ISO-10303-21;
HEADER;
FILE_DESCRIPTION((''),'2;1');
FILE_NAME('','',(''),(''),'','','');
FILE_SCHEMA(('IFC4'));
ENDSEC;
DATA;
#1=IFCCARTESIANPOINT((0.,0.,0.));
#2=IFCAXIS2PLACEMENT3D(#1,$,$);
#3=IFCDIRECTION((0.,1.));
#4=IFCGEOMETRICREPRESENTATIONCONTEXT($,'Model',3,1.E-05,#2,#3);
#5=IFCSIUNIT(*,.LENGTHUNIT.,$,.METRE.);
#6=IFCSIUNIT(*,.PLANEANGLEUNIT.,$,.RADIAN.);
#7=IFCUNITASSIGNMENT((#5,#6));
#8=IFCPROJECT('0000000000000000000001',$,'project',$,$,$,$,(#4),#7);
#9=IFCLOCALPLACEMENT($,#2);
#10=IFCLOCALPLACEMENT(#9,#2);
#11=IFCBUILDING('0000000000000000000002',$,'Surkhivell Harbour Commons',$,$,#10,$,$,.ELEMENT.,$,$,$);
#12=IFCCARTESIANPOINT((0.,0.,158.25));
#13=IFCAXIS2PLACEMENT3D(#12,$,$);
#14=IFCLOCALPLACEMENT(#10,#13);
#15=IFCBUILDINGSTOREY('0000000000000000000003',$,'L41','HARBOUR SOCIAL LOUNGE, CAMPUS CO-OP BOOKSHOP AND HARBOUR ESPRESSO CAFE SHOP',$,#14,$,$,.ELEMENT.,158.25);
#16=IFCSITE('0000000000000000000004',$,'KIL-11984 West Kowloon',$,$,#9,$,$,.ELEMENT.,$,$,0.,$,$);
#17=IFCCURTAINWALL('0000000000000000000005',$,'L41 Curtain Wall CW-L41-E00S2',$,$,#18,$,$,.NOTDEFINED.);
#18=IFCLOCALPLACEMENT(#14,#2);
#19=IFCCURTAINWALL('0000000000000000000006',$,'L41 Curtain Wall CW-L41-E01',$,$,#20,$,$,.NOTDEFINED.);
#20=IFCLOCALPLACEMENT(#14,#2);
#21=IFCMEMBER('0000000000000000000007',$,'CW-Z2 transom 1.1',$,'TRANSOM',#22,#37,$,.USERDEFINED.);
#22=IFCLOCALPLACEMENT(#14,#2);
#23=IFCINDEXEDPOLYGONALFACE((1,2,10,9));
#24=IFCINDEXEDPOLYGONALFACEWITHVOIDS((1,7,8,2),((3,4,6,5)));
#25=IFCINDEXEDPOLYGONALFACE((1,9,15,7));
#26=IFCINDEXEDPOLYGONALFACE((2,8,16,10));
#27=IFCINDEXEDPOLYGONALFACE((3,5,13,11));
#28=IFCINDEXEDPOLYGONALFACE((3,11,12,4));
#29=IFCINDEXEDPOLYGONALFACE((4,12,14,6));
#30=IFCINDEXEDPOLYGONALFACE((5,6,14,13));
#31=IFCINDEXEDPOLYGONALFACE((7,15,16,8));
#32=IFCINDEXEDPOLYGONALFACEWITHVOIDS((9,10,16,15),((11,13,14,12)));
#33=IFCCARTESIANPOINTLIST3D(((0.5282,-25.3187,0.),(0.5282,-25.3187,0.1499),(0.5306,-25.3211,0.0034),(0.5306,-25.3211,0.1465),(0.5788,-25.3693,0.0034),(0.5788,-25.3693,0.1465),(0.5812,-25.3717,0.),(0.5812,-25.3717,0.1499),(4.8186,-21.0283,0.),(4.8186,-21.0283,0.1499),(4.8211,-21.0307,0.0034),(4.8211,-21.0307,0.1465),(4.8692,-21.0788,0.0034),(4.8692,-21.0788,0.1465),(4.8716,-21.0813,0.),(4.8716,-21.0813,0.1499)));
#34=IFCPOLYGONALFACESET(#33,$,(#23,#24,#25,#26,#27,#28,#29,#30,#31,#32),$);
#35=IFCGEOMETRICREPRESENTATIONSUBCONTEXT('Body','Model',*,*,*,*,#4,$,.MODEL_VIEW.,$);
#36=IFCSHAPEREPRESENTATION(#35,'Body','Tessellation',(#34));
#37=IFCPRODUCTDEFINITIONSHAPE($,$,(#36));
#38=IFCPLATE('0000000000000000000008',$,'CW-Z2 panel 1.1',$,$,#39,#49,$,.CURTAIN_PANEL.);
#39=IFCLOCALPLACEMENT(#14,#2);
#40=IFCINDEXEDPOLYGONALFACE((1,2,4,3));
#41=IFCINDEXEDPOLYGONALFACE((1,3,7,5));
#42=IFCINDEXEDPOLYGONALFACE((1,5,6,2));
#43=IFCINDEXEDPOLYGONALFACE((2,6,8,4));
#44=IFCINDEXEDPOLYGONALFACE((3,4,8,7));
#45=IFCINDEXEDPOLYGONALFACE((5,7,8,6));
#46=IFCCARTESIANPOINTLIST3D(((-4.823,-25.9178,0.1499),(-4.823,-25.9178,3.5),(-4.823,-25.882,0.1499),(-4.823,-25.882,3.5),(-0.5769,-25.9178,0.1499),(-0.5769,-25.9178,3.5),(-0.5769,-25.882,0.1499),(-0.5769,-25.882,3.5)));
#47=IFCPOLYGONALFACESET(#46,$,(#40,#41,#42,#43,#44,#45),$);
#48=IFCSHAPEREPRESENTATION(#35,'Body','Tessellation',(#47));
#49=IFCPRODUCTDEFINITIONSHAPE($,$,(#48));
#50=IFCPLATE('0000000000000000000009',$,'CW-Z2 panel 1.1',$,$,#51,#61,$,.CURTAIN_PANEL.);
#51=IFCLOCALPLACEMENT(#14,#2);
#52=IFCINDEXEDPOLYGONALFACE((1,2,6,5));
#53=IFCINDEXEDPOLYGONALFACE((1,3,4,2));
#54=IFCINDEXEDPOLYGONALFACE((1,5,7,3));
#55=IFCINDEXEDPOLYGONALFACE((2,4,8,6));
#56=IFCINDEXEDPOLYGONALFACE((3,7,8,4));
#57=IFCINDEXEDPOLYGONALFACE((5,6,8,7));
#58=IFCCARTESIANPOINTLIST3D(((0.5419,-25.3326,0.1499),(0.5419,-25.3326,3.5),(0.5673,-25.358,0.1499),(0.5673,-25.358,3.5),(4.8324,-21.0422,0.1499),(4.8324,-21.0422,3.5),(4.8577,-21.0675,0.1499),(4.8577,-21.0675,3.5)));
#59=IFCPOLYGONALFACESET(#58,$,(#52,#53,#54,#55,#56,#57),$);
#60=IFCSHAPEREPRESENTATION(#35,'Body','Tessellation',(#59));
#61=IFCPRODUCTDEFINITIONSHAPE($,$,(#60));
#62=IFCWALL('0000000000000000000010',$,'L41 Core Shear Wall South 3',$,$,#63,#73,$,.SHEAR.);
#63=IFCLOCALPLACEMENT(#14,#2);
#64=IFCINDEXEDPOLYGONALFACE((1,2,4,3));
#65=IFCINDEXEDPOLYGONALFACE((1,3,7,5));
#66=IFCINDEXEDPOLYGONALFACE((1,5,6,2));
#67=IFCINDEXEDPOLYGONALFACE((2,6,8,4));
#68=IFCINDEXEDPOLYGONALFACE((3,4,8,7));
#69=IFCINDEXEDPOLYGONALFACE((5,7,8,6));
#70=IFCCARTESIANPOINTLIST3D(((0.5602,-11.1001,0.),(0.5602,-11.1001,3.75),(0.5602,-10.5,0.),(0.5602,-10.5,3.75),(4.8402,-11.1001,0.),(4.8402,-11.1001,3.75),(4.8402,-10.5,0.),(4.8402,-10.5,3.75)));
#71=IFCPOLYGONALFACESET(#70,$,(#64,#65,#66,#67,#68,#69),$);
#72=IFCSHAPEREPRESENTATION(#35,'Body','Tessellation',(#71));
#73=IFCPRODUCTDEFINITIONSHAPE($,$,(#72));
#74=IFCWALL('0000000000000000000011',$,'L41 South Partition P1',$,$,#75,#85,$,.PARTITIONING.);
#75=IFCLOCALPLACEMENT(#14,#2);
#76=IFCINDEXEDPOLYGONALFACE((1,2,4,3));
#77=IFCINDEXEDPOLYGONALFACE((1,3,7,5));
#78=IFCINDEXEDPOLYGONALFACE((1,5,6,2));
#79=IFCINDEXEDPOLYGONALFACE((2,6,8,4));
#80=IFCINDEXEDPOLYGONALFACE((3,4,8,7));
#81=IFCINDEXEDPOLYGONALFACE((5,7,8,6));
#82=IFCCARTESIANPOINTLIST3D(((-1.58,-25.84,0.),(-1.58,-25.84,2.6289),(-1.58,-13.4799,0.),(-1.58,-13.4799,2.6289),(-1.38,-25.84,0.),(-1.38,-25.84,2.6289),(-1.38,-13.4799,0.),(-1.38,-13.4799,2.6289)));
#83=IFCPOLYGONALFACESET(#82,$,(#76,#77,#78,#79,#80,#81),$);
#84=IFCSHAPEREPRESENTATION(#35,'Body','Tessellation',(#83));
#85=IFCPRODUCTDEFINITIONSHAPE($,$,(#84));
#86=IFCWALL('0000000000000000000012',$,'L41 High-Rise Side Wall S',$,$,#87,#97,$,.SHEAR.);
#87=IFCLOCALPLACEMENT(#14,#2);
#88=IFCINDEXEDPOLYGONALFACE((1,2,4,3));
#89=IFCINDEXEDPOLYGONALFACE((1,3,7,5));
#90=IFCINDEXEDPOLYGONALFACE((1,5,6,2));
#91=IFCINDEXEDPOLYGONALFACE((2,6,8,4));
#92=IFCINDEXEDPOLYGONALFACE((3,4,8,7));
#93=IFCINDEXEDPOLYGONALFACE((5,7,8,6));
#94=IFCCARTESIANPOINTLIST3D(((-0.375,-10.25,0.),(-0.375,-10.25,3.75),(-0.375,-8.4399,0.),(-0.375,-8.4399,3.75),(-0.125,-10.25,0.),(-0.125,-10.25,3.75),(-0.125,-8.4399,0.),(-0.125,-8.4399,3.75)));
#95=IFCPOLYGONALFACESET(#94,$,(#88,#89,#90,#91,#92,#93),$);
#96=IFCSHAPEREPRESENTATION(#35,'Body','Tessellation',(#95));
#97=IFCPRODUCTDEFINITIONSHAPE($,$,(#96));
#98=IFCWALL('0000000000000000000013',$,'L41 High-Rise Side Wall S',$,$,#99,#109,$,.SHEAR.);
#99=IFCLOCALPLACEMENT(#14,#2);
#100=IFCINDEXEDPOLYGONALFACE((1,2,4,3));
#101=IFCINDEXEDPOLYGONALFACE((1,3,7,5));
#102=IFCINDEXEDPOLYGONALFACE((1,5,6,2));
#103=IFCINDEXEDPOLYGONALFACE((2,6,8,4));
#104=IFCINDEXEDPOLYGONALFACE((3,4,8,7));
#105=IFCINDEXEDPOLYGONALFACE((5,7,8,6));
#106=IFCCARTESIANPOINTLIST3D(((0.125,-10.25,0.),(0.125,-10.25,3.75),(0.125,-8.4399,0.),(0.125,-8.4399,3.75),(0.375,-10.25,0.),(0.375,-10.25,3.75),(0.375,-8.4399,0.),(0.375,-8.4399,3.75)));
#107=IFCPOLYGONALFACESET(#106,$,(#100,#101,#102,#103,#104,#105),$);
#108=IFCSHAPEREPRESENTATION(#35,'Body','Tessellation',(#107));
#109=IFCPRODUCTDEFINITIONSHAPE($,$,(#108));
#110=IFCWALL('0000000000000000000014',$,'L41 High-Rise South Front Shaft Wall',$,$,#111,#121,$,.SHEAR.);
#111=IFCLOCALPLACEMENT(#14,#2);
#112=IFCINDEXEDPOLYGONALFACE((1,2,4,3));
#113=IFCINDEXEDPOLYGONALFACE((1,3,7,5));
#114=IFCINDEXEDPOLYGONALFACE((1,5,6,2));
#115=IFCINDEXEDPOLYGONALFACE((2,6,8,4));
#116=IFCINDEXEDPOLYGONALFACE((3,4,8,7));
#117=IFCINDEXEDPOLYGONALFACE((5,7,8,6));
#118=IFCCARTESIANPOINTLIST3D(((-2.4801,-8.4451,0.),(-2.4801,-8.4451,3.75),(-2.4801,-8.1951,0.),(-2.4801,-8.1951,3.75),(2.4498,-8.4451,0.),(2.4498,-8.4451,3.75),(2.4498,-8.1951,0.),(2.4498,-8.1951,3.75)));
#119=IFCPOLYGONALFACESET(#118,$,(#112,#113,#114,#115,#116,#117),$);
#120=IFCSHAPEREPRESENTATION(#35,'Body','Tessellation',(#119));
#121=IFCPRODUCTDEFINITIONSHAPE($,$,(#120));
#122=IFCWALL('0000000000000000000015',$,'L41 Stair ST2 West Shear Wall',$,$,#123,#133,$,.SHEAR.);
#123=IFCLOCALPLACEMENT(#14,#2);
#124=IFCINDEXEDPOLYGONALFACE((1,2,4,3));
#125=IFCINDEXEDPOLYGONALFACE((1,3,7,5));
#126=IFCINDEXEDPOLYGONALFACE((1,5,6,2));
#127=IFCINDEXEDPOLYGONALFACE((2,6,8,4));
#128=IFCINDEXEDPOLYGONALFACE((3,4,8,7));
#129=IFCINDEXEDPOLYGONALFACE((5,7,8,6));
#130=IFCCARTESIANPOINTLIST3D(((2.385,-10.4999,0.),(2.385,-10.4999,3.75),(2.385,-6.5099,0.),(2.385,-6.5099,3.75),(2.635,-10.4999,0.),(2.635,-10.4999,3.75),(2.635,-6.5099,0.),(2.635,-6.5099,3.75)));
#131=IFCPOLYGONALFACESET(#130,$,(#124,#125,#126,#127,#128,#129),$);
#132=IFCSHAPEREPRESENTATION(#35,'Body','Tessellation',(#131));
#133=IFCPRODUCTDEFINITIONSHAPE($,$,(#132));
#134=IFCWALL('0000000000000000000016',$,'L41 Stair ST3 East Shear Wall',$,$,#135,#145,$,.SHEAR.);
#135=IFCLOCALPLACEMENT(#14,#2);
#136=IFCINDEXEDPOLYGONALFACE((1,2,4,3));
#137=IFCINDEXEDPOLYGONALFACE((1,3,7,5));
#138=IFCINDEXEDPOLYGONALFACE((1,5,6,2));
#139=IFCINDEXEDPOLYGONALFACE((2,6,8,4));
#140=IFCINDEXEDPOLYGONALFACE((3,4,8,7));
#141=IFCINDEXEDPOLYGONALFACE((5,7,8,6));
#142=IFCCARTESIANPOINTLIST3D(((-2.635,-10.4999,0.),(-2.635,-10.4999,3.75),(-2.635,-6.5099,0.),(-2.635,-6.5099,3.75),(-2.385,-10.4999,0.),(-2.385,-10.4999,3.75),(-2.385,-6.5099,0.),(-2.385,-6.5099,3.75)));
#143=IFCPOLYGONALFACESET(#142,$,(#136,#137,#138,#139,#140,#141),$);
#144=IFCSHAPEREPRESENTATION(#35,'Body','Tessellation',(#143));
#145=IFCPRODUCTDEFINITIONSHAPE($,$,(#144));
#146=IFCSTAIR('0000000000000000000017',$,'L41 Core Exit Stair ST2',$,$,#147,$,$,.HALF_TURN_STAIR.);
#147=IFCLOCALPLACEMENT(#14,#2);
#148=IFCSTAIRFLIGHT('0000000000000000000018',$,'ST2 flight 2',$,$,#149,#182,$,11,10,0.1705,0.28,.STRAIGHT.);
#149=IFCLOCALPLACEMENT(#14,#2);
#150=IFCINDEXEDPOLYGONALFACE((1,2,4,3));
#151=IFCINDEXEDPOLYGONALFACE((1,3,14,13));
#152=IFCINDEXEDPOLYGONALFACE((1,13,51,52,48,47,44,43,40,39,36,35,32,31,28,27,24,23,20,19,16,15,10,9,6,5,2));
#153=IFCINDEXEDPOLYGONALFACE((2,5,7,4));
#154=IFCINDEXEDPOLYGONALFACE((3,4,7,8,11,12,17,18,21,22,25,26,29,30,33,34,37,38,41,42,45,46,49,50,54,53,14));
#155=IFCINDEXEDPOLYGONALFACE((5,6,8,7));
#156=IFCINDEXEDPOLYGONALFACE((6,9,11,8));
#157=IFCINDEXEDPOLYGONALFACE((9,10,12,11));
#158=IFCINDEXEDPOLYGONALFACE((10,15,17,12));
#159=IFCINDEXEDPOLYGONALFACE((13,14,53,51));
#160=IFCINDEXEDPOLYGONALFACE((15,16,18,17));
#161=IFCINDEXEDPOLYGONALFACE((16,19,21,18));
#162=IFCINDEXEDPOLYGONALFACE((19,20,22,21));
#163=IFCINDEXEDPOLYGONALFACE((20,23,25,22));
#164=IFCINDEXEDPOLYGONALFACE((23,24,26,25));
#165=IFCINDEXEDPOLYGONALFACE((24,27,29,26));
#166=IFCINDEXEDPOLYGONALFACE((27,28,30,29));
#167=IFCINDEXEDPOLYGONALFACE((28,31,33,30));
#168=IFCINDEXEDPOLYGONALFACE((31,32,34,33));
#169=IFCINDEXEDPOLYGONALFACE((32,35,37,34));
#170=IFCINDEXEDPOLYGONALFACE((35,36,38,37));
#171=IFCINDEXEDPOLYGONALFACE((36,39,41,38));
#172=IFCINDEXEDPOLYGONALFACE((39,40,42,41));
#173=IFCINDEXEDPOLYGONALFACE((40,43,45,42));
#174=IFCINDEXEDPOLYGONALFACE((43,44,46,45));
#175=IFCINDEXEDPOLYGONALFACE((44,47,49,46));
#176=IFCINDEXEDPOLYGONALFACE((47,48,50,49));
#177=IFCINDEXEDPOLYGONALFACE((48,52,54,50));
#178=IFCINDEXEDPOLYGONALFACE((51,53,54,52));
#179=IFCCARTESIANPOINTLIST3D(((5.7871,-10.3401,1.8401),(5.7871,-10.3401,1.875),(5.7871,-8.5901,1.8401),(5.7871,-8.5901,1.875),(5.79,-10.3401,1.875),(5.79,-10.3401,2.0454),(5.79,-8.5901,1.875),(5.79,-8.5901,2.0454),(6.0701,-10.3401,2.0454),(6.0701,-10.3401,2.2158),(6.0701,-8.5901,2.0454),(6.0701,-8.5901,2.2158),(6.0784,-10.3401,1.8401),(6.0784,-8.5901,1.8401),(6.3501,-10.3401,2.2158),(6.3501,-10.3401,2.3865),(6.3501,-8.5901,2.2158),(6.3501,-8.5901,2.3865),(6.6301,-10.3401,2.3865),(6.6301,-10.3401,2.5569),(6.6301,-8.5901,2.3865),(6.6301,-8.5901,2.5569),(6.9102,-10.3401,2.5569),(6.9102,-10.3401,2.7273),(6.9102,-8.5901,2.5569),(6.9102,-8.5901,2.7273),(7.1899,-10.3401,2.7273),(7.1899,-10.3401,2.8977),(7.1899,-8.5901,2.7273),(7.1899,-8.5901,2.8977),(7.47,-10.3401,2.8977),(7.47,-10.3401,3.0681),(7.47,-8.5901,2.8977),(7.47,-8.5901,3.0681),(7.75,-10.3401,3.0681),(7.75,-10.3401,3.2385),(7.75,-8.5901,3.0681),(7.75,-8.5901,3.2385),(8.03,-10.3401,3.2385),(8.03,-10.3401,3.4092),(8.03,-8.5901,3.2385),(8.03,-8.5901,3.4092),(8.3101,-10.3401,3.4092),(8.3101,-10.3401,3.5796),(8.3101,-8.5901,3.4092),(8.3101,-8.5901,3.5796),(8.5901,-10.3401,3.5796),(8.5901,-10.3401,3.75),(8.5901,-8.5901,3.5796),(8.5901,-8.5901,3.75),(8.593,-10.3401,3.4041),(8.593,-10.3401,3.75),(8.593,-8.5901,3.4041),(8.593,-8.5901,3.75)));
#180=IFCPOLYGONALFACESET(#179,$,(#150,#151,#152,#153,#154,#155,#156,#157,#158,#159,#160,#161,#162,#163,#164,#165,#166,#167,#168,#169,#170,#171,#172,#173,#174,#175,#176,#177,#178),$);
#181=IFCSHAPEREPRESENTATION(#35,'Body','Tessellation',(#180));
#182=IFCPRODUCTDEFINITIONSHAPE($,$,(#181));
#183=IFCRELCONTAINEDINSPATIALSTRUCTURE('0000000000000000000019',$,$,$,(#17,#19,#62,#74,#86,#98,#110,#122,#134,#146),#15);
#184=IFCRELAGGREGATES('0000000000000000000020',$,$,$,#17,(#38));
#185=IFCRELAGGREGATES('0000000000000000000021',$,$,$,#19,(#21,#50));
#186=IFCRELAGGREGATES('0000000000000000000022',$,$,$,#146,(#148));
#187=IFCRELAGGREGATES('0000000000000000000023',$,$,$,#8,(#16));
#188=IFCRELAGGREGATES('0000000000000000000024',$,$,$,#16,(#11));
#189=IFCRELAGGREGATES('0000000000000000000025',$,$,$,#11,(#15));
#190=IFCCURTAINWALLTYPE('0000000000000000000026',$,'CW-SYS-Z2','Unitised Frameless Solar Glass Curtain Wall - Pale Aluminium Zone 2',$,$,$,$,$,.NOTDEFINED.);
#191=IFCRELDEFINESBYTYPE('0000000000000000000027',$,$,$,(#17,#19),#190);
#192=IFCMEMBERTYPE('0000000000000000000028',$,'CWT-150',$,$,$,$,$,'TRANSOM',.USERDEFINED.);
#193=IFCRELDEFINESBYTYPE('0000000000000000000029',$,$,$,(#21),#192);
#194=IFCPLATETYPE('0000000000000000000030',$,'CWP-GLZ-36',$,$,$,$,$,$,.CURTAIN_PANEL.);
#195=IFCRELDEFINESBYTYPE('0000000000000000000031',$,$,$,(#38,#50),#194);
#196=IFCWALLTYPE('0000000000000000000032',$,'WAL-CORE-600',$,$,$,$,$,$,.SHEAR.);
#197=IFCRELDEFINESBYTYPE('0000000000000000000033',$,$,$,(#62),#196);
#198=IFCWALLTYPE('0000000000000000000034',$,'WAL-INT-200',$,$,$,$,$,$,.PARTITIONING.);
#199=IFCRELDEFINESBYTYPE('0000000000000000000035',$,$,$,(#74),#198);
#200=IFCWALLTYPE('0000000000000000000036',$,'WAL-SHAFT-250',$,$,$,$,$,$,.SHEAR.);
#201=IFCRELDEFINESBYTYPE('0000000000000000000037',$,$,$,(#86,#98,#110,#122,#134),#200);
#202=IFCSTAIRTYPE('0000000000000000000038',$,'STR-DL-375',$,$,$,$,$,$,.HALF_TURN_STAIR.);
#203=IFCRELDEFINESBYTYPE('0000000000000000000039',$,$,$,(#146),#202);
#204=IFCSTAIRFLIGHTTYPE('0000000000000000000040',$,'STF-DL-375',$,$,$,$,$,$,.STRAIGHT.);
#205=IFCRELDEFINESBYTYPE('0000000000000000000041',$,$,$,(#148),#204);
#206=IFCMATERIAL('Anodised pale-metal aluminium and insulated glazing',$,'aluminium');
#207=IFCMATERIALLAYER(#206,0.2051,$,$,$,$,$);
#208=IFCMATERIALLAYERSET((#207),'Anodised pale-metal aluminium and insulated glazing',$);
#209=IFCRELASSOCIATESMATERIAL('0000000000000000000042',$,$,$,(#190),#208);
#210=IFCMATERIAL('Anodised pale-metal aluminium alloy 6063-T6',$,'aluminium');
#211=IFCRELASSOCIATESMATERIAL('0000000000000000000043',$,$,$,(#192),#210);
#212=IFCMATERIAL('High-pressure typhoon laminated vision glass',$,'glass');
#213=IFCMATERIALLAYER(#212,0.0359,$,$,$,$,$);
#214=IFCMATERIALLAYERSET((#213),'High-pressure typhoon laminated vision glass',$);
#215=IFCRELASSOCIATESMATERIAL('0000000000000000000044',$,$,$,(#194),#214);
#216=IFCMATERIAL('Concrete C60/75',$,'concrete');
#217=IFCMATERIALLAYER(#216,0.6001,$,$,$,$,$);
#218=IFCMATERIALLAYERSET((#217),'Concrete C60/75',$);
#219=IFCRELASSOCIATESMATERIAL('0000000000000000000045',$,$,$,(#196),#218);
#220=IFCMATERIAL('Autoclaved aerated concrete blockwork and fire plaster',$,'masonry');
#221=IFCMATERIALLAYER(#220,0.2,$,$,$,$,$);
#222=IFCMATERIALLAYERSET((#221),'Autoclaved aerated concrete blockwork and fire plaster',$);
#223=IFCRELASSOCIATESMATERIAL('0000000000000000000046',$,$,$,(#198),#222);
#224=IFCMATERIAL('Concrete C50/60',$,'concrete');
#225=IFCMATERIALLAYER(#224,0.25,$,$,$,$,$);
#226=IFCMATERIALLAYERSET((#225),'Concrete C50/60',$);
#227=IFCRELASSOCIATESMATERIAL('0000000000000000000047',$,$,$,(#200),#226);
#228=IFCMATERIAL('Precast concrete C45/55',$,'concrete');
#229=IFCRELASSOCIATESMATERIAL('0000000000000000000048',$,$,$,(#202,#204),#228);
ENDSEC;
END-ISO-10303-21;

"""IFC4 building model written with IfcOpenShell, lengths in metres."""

from ifc_helpers import new_model, si_unit, direction, frame, frame_2d, origin, origin_2d, place, context, subcontext, project, spatial, polyline, rectangle, hollow_rectangle, outline, extrude, material, layer, layer_set, material_profile, profile_set, type_object, element, aggregate, save


model = new_model("IFC4")

# Units and contexts
model_context = context("Model", 3, precision=1e-05, world=origin(), true_north=direction((0.0, 1.0)))
body_context = subcontext(model_context, "Body", "Model", "MODEL_VIEW")
ifc_project = project(units=[si_unit("LENGTHUNIT", "METRE"), si_unit("PLANEANGLEUNIT", "RADIAN")], contexts=[model_context])

# Site, building, storey
site_placement = place(None, origin())
site = spatial("IfcSite", under=ifc_project, at=site_placement, Name="KIL-11984 West Kowloon", CompositionType="ELEMENT", RefElevation=0.0)
building_placement = place(site_placement, origin())
building = spatial("IfcBuilding", under=site, at=building_placement, Name="Surkhivell Harbour Commons", CompositionType="ELEMENT")
storey_placement = place(building_placement, frame((0.0, 0.0, 158.25)))
storey = spatial("IfcBuildingStorey", under=building, at=storey_placement, Name="L41", Description="HARBOUR SOCIAL LOUNGE, CAMPUS CO-OP BOOKSHOP AND HARBOUR ESPRESSO CAFE SHOP", CompositionType="ELEMENT", Elevation=158.25)

# Shared definitions
ifc_material_1 = material(Name="Concrete C60/75", Category="concrete")

# Curtain walls
ifc_material_2 = material(Name="Anodised pale-metal aluminium and insulated glazing", Category="aluminium")
ifc_layer_1 = layer(ifc_material_2, 0.2051)
ifc_layer_set_1 = layer_set([ifc_layer_1], Name="Anodised pale-metal aluminium and insulated glazing")
curtain_wall_type = type_object("IfcCurtainWallType", Name="CW-SYS-Z2", Description="Unitised Frameless Solar Glass Curtain Wall - Pale Aluminium Zone 2", PredefinedType="NOTDEFINED", material=ifc_layer_set_1)
curtain_wall_1_placement = place(storey_placement, origin())
curtain_wall_1 = element("IfcCurtainWall", 1, at=curtain_wall_1_placement, inside=storey, type_object=curtain_wall_type, Name="L41 Curtain Wall CW-L41-E00S2", PredefinedType="NOTDEFINED")
ifc_material_3 = material(Name="Anodised pale-metal aluminium alloy 6063-T6", Category="aluminium")
curtain_wall_2_placement = place(storey_placement, origin())
curtain_wall_2 = element("IfcCurtainWall", 2, at=curtain_wall_2_placement, inside=storey, type_object=curtain_wall_type, Name="L41 Curtain Wall CW-L41-E01", PredefinedType="NOTDEFINED")

# Member
ifc_material_profile_1 = material_profile(ifc_material_3, hollow_rectangle(XDim=0.075, YDim=0.1499, WallThickness=0.0034, at=origin_2d()), Name="ALU-TRAN-75x150")
ifc_profile_set_1 = profile_set([ifc_material_profile_1], Name="Anodised pale-metal aluminium alloy 6063-T6")
member_type_1 = type_object("IfcMemberType", Name="CWT-150", ElementType="TRANSOM", PredefinedType="USERDEFINED", material=ifc_profile_set_1)
member_1_placement = place(storey_placement, frame((0.5547, -25.3452, 0.075), z_axis=(0.707107, 0.707107, 0.0), x_axis=(-0.707107, 0.707107, 0.0)))
member_1 = element("IfcMember", 3, at=member_1_placement, type_object=member_type_1, Name="CW-Z2 transom 1.1", ObjectType="TRANSOM", PredefinedType="USERDEFINED", context=body_context, shape_type="SweptSolid", body=[
    extrude(hollow_rectangle(XDim=0.075, YDim=0.1499, WallThickness=0.0034, at=origin_2d()), origin(), (0.0, 0.0, 1.0), 6.0676),
])

# Plates
ifc_material_4 = material(Name="High-pressure typhoon laminated vision glass", Category="glass")
ifc_layer_2 = layer(ifc_material_4, 0.0359)
ifc_layer_set_2 = layer_set([ifc_layer_2], Name="High-pressure typhoon laminated vision glass")
plate_type = type_object("IfcPlateType", Name="CWP-GLZ-36", PredefinedType="CURTAIN_PANEL", material=ifc_layer_set_2)
plate_1_placement = place(storey_placement, frame((-4.823, -25.8999, 0.1499), z_axis=(0.0, 0.0, 1.0), x_axis=(1.0, 0.0, 0.0)))
plate_1 = element("IfcPlate", 4, at=plate_1_placement, type_object=plate_type, Name="CW-Z2 panel 1.1", PredefinedType="CURTAIN_PANEL", context=body_context, shape_type="SweptSolid", body=[
    extrude(rectangle(XDim=4.2461, YDim=0.0359, at=frame_2d((2.123, 0.0))), origin(), (0.0, 0.0, 1.0), 3.3501),
])
aggregate(curtain_wall_1, [plate_1])
plate_2_placement = place(storey_placement, frame((0.5547, -25.3452, 0.1499), z_axis=(0.0, 0.0, 1.0), x_axis=(0.707107, 0.707107, 0.0)))
plate_2 = element("IfcPlate", 5, at=plate_2_placement, type_object=plate_type, Name="CW-Z2 panel 1.1", PredefinedType="CURTAIN_PANEL", context=body_context, shape_type="SweptSolid", body=[
    extrude(rectangle(XDim=6.0676, YDim=0.0359, at=frame_2d((3.0337, 0.0))), origin(), (0.0, 0.0, 1.0), 3.3501),
])
aggregate(curtain_wall_2, [member_1, plate_2])

# Walls
ifc_layer_3 = layer(ifc_material_1, 0.6001)
ifc_layer_set_3 = layer_set([ifc_layer_3], Name="Concrete C60/75")
wall_type_1 = type_object("IfcWallType", Name="WAL-CORE-600", PredefinedType="SHEAR", material=ifc_layer_set_3)
wall_1_placement = place(storey_placement, frame((0.5601, -10.8, 0.0), z_axis=(0.0, 0.0, 1.0), x_axis=(1.0, 0.0, 0.0)))
element("IfcWall", 6, at=wall_1_placement, inside=storey, type_object=wall_type_1, Name="L41 Core Shear Wall South 3", PredefinedType="SHEAR", context=body_context, shape_type="SweptSolid", body=[
    extrude(rectangle(XDim=4.28, YDim=0.6001, at=frame_2d((2.1401, 0.0))), origin(), (0.0, 0.0, 1.0), 3.75),
])
ifc_material_5 = material(Name="Autoclaved aerated concrete blockwork and fire plaster", Category="masonry")
ifc_layer_4 = layer(ifc_material_5, 0.2)
ifc_layer_set_4 = layer_set([ifc_layer_4], Name="Autoclaved aerated concrete blockwork and fire plaster")
wall_type_2 = type_object("IfcWallType", Name="WAL-INT-200", PredefinedType="PARTITIONING", material=ifc_layer_set_4)
wall_2_placement = place(storey_placement, frame((-1.48, -25.8401, 0.0), z_axis=(0.0, 0.0, 1.0), x_axis=(0.0, 1.0, 0.0)))
element("IfcWall", 7, at=wall_2_placement, inside=storey, type_object=wall_type_2, Name="L41 South Partition P1", PredefinedType="PARTITIONING", context=body_context, shape_type="SweptSolid", body=[
    extrude(rectangle(XDim=12.3601, YDim=0.2, at=frame_2d((6.1802, 0.0))), origin(), (0.0, 0.0, 1.0), 2.6289),
])
ifc_material_6 = material(Name="Concrete C50/60", Category="concrete")
ifc_layer_5 = layer(ifc_material_6, 0.25)
ifc_layer_set_5 = layer_set([ifc_layer_5], Name="Concrete C50/60")
wall_type_3 = type_object("IfcWallType", Name="WAL-SHAFT-250", PredefinedType="SHEAR", material=ifc_layer_set_5)
for number, where, z_axis, x_axis, name in (
    (8, (-0.25, -10.25, 0.0), (0.0, 0.0, 1.0), (0.0, 1.0, 0.0), "L41 High-Rise Side Wall S"),
    (9, (0.25, -10.25, 0.0), (0.0, 0.0, 1.0), (0.0, 1.0, 0.0), "L41 High-Rise Side Wall S"),
):
    element("IfcWall", number, at=place(storey_placement, frame(where, z_axis=z_axis, x_axis=x_axis)), inside=storey, type_object=wall_type_3, Name=name, PredefinedType="SHEAR", context=body_context, shape_type="SweptSolid", body=[
        extrude(rectangle(XDim=1.8101, YDim=0.25, at=frame_2d((0.905, 0.0))), origin(), (0.0, 0.0, 1.0), 3.75),
    ])
wall_3_placement = place(storey_placement, frame((-2.48, -8.3201, 0.0), z_axis=(0.0, 0.0, 1.0), x_axis=(1.0, 0.0, 0.0)))
element("IfcWall", 10, at=wall_3_placement, inside=storey, type_object=wall_type_3, Name="L41 High-Rise South Front Shaft Wall", PredefinedType="SHEAR", context=body_context, shape_type="SweptSolid", body=[
    extrude(rectangle(XDim=4.9299, YDim=0.25, at=frame_2d((2.4648, 0.0))), origin(), (0.0, 0.0, 1.0), 3.75),
])
for number, where, z_axis, x_axis, name in (
    (11, (2.51, -10.5, 0.0), (0.0, 0.0, 1.0), (0.0, 1.0, 0.0), "L41 Stair ST2 West Shear Wall"),
    (12, (-2.51, -10.5, 0.0), (0.0, 0.0, 1.0), (0.0, 1.0, 0.0), "L41 Stair ST3 East Shear Wall"),
):
    element("IfcWall", number, at=place(storey_placement, frame(where, z_axis=z_axis, x_axis=x_axis)), inside=storey, type_object=wall_type_3, Name=name, PredefinedType="SHEAR", context=body_context, shape_type="SweptSolid", body=[
        extrude(rectangle(XDim=3.99, YDim=0.25, at=frame_2d((1.9951, 0.0))), origin(), (0.0, 0.0, 1.0), 3.75),
    ])

# Stair, stair flight
ifc_material_7 = material(Name="Precast concrete C45/55", Category="concrete")
stair_type = type_object("IfcStairType", Name="STR-DL-375", PredefinedType="HALF_TURN_STAIR", material=ifc_material_7)
stair_placement = place(storey_placement, origin())
stair = element("IfcStair", 13, at=stair_placement, inside=storey, type_object=stair_type, Name="L41 Core Exit Stair ST2", PredefinedType="HALF_TURN_STAIR")
stair_flight_type = type_object("IfcStairFlightType", Name="STF-DL-375", PredefinedType="STRAIGHT", material=ifc_material_7)
stair_flight_placement = place(storey_placement, frame((5.79, -9.4651, 1.875), z_axis=(0.0, 0.0, 1.0), x_axis=(1.0, 0.0, 0.0)))
stair_flight = element("IfcStairFlight", 14, at=stair_flight_placement, type_object=stair_flight_type, Name="ST2 flight 2", NumberOfRisers=11, NumberOfTreads=10, PredefinedType="STRAIGHT", RiserHeight=0.1705, TreadLength=0.28, context=body_context, shape_type="SweptSolid", body=[
    extrude(outline(polyline([(-0.0029, -0.0349), (-0.0029, 0.0), (0.0, 0.0), (0.0, 0.1704), (0.28, 0.1704), (0.28, 0.3408), (0.5601, 0.3408), (0.5601, 0.5115), (0.8401, 0.5115), (0.8401, 0.6819), (1.1201, 0.6819), (1.1201, 0.8523), (1.3999, 0.8523), (1.3999, 1.0227), (1.6799, 1.0227), (1.6799, 1.1931), (1.96, 1.1931), (1.96, 1.3635), (2.24, 1.3635), (2.24, 1.5342), (2.52, 1.5342), (2.52, 1.7046), (2.8, 1.7046), (2.8, 1.875), (2.803, 1.875), (2.803, 1.5291), (0.2883, -0.0349), (-0.0029, -0.0349)])), frame((0.0, 0.875, 0.0), z_axis=(0.0, -1.0, 0.0), x_axis=(1.0, 0.0, 0.0)), (0.0, 0.0, 1.0), 1.75),
])
aggregate(stair, [stair_flight])

save(model, "model.ifc")
